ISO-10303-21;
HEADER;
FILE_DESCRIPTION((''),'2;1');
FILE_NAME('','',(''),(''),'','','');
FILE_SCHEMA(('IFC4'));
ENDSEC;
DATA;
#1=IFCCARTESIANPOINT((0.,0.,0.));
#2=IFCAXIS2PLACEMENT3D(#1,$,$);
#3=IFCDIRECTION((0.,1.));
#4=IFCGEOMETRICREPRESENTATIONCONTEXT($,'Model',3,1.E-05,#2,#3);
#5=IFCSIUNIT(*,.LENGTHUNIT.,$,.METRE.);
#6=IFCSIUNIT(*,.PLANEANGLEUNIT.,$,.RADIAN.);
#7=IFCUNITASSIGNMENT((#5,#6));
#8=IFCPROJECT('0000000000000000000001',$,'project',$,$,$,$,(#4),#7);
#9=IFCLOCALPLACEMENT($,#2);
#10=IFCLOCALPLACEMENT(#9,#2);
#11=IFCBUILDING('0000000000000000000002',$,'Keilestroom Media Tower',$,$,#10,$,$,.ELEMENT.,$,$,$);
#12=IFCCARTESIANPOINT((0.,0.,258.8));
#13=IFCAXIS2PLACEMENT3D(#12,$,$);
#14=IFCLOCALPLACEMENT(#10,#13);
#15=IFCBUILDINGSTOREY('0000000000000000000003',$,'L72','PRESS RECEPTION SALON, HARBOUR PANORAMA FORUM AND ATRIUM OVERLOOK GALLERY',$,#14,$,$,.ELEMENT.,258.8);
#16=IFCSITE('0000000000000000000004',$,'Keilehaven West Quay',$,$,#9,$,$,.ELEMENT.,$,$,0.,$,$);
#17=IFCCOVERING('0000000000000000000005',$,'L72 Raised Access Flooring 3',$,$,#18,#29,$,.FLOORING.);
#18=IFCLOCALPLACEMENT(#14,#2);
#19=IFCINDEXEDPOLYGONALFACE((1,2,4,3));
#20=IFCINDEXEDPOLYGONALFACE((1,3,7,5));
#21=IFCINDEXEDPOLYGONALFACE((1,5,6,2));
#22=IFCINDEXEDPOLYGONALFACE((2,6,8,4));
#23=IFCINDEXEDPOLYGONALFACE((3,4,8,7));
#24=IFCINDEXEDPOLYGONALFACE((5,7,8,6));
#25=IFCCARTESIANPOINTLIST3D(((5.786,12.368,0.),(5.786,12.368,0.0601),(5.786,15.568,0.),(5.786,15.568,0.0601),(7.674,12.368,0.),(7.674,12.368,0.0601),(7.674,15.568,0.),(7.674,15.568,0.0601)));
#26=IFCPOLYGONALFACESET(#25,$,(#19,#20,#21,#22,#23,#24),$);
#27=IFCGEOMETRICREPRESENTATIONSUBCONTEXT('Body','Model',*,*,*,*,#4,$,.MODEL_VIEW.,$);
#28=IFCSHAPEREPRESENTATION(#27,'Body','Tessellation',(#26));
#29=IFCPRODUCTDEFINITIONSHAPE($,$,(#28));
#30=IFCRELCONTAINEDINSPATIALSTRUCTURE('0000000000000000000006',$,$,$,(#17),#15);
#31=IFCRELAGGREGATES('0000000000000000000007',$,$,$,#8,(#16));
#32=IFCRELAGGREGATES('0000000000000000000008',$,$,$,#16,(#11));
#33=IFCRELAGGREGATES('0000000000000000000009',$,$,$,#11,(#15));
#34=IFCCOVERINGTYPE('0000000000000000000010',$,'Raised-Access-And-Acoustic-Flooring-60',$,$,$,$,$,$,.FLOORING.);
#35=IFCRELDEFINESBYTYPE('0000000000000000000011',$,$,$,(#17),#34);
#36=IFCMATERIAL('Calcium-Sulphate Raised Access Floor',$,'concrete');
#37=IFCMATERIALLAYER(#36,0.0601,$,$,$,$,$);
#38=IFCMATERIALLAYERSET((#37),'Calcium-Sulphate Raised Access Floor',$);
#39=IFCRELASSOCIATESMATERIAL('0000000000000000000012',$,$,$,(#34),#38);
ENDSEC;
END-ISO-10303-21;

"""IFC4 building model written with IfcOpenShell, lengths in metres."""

from ifc_helpers import new_model, si_unit, direction, frame, origin, origin_2d, place, context, subcontext, project, spatial, rectangle, extrude, source, transform, mapped, material, layer, layer_set, type_object, element, save


model = new_model("IFC4")

# Units and contexts
model_context = context("Model", 3, precision=1e-05, world=origin(), true_north=direction((0.0, 1.0)))
body_context = subcontext(model_context, "Body", "Model", "MODEL_VIEW")
ifc_project = project(units=[si_unit("LENGTHUNIT", "METRE"), si_unit("PLANEANGLEUNIT", "RADIAN")], contexts=[model_context])

# Site, building, storey
site_placement = place(None, origin())
site = spatial("IfcSite", under=ifc_project, at=site_placement, Name="Keilehaven West Quay", CompositionType="ELEMENT", RefElevation=0.0)
building_placement = place(site_placement, origin())
building = spatial("IfcBuilding", under=site, at=building_placement, Name="Keilestroom Media Tower", CompositionType="ELEMENT")
storey_placement = place(building_placement, frame((0.0, 0.0, 258.8)))
storey = spatial("IfcBuildingStorey", under=building, at=storey_placement, Name="L72", Description="PRESS RECEPTION SALON, HARBOUR PANORAMA FORUM AND ATRIUM OVERLOOK GALLERY", CompositionType="ELEMENT", Elevation=258.8)

# Covering
ifc_material_1 = material(Name="Calcium-Sulphate Raised Access Floor", Category="concrete")
ifc_layer_1 = layer(ifc_material_1, 0.0601)
ifc_layer_set_1 = layer_set([ifc_layer_1], Name="Calcium-Sulphate Raised Access Floor")
covering_type_1 = type_object("IfcCoveringType", Name="Raised-Access-And-Acoustic-Flooring-60", PredefinedType="FLOORING", material=ifc_layer_set_1)
shared_shape_1 = source(origin(), body_context, "Body", "SweptSolid", [
    extrude(rectangle(XDim=1.8879, YDim=3.2, at=origin_2d()), origin(), (0.0, 0.0, 1.0), 0.0601),
])
covering_1_placement = place(storey_placement, frame((6.73, 13.968, 0.0), z_axis=(0.0, 0.0, 1.0), x_axis=(1.0, 0.0, 0.0)))
element("IfcCovering", 1, at=covering_1_placement, inside=storey, type_object=covering_type_1, Name="L72 Raised Access Flooring 3", PredefinedType="FLOORING", context=body_context, shape_type="MappedRepresentation", body=[
    mapped(shared_shape_1, transform((0.0, 0.0, 0.0), x_axis=(1.0, 0.0, 0.0), y_axis=(0.0, 1.0, 0.0), z_axis=(0.0, 0.0, 1.0), scale=1.0)),
])

save(model, "model.ifc")
